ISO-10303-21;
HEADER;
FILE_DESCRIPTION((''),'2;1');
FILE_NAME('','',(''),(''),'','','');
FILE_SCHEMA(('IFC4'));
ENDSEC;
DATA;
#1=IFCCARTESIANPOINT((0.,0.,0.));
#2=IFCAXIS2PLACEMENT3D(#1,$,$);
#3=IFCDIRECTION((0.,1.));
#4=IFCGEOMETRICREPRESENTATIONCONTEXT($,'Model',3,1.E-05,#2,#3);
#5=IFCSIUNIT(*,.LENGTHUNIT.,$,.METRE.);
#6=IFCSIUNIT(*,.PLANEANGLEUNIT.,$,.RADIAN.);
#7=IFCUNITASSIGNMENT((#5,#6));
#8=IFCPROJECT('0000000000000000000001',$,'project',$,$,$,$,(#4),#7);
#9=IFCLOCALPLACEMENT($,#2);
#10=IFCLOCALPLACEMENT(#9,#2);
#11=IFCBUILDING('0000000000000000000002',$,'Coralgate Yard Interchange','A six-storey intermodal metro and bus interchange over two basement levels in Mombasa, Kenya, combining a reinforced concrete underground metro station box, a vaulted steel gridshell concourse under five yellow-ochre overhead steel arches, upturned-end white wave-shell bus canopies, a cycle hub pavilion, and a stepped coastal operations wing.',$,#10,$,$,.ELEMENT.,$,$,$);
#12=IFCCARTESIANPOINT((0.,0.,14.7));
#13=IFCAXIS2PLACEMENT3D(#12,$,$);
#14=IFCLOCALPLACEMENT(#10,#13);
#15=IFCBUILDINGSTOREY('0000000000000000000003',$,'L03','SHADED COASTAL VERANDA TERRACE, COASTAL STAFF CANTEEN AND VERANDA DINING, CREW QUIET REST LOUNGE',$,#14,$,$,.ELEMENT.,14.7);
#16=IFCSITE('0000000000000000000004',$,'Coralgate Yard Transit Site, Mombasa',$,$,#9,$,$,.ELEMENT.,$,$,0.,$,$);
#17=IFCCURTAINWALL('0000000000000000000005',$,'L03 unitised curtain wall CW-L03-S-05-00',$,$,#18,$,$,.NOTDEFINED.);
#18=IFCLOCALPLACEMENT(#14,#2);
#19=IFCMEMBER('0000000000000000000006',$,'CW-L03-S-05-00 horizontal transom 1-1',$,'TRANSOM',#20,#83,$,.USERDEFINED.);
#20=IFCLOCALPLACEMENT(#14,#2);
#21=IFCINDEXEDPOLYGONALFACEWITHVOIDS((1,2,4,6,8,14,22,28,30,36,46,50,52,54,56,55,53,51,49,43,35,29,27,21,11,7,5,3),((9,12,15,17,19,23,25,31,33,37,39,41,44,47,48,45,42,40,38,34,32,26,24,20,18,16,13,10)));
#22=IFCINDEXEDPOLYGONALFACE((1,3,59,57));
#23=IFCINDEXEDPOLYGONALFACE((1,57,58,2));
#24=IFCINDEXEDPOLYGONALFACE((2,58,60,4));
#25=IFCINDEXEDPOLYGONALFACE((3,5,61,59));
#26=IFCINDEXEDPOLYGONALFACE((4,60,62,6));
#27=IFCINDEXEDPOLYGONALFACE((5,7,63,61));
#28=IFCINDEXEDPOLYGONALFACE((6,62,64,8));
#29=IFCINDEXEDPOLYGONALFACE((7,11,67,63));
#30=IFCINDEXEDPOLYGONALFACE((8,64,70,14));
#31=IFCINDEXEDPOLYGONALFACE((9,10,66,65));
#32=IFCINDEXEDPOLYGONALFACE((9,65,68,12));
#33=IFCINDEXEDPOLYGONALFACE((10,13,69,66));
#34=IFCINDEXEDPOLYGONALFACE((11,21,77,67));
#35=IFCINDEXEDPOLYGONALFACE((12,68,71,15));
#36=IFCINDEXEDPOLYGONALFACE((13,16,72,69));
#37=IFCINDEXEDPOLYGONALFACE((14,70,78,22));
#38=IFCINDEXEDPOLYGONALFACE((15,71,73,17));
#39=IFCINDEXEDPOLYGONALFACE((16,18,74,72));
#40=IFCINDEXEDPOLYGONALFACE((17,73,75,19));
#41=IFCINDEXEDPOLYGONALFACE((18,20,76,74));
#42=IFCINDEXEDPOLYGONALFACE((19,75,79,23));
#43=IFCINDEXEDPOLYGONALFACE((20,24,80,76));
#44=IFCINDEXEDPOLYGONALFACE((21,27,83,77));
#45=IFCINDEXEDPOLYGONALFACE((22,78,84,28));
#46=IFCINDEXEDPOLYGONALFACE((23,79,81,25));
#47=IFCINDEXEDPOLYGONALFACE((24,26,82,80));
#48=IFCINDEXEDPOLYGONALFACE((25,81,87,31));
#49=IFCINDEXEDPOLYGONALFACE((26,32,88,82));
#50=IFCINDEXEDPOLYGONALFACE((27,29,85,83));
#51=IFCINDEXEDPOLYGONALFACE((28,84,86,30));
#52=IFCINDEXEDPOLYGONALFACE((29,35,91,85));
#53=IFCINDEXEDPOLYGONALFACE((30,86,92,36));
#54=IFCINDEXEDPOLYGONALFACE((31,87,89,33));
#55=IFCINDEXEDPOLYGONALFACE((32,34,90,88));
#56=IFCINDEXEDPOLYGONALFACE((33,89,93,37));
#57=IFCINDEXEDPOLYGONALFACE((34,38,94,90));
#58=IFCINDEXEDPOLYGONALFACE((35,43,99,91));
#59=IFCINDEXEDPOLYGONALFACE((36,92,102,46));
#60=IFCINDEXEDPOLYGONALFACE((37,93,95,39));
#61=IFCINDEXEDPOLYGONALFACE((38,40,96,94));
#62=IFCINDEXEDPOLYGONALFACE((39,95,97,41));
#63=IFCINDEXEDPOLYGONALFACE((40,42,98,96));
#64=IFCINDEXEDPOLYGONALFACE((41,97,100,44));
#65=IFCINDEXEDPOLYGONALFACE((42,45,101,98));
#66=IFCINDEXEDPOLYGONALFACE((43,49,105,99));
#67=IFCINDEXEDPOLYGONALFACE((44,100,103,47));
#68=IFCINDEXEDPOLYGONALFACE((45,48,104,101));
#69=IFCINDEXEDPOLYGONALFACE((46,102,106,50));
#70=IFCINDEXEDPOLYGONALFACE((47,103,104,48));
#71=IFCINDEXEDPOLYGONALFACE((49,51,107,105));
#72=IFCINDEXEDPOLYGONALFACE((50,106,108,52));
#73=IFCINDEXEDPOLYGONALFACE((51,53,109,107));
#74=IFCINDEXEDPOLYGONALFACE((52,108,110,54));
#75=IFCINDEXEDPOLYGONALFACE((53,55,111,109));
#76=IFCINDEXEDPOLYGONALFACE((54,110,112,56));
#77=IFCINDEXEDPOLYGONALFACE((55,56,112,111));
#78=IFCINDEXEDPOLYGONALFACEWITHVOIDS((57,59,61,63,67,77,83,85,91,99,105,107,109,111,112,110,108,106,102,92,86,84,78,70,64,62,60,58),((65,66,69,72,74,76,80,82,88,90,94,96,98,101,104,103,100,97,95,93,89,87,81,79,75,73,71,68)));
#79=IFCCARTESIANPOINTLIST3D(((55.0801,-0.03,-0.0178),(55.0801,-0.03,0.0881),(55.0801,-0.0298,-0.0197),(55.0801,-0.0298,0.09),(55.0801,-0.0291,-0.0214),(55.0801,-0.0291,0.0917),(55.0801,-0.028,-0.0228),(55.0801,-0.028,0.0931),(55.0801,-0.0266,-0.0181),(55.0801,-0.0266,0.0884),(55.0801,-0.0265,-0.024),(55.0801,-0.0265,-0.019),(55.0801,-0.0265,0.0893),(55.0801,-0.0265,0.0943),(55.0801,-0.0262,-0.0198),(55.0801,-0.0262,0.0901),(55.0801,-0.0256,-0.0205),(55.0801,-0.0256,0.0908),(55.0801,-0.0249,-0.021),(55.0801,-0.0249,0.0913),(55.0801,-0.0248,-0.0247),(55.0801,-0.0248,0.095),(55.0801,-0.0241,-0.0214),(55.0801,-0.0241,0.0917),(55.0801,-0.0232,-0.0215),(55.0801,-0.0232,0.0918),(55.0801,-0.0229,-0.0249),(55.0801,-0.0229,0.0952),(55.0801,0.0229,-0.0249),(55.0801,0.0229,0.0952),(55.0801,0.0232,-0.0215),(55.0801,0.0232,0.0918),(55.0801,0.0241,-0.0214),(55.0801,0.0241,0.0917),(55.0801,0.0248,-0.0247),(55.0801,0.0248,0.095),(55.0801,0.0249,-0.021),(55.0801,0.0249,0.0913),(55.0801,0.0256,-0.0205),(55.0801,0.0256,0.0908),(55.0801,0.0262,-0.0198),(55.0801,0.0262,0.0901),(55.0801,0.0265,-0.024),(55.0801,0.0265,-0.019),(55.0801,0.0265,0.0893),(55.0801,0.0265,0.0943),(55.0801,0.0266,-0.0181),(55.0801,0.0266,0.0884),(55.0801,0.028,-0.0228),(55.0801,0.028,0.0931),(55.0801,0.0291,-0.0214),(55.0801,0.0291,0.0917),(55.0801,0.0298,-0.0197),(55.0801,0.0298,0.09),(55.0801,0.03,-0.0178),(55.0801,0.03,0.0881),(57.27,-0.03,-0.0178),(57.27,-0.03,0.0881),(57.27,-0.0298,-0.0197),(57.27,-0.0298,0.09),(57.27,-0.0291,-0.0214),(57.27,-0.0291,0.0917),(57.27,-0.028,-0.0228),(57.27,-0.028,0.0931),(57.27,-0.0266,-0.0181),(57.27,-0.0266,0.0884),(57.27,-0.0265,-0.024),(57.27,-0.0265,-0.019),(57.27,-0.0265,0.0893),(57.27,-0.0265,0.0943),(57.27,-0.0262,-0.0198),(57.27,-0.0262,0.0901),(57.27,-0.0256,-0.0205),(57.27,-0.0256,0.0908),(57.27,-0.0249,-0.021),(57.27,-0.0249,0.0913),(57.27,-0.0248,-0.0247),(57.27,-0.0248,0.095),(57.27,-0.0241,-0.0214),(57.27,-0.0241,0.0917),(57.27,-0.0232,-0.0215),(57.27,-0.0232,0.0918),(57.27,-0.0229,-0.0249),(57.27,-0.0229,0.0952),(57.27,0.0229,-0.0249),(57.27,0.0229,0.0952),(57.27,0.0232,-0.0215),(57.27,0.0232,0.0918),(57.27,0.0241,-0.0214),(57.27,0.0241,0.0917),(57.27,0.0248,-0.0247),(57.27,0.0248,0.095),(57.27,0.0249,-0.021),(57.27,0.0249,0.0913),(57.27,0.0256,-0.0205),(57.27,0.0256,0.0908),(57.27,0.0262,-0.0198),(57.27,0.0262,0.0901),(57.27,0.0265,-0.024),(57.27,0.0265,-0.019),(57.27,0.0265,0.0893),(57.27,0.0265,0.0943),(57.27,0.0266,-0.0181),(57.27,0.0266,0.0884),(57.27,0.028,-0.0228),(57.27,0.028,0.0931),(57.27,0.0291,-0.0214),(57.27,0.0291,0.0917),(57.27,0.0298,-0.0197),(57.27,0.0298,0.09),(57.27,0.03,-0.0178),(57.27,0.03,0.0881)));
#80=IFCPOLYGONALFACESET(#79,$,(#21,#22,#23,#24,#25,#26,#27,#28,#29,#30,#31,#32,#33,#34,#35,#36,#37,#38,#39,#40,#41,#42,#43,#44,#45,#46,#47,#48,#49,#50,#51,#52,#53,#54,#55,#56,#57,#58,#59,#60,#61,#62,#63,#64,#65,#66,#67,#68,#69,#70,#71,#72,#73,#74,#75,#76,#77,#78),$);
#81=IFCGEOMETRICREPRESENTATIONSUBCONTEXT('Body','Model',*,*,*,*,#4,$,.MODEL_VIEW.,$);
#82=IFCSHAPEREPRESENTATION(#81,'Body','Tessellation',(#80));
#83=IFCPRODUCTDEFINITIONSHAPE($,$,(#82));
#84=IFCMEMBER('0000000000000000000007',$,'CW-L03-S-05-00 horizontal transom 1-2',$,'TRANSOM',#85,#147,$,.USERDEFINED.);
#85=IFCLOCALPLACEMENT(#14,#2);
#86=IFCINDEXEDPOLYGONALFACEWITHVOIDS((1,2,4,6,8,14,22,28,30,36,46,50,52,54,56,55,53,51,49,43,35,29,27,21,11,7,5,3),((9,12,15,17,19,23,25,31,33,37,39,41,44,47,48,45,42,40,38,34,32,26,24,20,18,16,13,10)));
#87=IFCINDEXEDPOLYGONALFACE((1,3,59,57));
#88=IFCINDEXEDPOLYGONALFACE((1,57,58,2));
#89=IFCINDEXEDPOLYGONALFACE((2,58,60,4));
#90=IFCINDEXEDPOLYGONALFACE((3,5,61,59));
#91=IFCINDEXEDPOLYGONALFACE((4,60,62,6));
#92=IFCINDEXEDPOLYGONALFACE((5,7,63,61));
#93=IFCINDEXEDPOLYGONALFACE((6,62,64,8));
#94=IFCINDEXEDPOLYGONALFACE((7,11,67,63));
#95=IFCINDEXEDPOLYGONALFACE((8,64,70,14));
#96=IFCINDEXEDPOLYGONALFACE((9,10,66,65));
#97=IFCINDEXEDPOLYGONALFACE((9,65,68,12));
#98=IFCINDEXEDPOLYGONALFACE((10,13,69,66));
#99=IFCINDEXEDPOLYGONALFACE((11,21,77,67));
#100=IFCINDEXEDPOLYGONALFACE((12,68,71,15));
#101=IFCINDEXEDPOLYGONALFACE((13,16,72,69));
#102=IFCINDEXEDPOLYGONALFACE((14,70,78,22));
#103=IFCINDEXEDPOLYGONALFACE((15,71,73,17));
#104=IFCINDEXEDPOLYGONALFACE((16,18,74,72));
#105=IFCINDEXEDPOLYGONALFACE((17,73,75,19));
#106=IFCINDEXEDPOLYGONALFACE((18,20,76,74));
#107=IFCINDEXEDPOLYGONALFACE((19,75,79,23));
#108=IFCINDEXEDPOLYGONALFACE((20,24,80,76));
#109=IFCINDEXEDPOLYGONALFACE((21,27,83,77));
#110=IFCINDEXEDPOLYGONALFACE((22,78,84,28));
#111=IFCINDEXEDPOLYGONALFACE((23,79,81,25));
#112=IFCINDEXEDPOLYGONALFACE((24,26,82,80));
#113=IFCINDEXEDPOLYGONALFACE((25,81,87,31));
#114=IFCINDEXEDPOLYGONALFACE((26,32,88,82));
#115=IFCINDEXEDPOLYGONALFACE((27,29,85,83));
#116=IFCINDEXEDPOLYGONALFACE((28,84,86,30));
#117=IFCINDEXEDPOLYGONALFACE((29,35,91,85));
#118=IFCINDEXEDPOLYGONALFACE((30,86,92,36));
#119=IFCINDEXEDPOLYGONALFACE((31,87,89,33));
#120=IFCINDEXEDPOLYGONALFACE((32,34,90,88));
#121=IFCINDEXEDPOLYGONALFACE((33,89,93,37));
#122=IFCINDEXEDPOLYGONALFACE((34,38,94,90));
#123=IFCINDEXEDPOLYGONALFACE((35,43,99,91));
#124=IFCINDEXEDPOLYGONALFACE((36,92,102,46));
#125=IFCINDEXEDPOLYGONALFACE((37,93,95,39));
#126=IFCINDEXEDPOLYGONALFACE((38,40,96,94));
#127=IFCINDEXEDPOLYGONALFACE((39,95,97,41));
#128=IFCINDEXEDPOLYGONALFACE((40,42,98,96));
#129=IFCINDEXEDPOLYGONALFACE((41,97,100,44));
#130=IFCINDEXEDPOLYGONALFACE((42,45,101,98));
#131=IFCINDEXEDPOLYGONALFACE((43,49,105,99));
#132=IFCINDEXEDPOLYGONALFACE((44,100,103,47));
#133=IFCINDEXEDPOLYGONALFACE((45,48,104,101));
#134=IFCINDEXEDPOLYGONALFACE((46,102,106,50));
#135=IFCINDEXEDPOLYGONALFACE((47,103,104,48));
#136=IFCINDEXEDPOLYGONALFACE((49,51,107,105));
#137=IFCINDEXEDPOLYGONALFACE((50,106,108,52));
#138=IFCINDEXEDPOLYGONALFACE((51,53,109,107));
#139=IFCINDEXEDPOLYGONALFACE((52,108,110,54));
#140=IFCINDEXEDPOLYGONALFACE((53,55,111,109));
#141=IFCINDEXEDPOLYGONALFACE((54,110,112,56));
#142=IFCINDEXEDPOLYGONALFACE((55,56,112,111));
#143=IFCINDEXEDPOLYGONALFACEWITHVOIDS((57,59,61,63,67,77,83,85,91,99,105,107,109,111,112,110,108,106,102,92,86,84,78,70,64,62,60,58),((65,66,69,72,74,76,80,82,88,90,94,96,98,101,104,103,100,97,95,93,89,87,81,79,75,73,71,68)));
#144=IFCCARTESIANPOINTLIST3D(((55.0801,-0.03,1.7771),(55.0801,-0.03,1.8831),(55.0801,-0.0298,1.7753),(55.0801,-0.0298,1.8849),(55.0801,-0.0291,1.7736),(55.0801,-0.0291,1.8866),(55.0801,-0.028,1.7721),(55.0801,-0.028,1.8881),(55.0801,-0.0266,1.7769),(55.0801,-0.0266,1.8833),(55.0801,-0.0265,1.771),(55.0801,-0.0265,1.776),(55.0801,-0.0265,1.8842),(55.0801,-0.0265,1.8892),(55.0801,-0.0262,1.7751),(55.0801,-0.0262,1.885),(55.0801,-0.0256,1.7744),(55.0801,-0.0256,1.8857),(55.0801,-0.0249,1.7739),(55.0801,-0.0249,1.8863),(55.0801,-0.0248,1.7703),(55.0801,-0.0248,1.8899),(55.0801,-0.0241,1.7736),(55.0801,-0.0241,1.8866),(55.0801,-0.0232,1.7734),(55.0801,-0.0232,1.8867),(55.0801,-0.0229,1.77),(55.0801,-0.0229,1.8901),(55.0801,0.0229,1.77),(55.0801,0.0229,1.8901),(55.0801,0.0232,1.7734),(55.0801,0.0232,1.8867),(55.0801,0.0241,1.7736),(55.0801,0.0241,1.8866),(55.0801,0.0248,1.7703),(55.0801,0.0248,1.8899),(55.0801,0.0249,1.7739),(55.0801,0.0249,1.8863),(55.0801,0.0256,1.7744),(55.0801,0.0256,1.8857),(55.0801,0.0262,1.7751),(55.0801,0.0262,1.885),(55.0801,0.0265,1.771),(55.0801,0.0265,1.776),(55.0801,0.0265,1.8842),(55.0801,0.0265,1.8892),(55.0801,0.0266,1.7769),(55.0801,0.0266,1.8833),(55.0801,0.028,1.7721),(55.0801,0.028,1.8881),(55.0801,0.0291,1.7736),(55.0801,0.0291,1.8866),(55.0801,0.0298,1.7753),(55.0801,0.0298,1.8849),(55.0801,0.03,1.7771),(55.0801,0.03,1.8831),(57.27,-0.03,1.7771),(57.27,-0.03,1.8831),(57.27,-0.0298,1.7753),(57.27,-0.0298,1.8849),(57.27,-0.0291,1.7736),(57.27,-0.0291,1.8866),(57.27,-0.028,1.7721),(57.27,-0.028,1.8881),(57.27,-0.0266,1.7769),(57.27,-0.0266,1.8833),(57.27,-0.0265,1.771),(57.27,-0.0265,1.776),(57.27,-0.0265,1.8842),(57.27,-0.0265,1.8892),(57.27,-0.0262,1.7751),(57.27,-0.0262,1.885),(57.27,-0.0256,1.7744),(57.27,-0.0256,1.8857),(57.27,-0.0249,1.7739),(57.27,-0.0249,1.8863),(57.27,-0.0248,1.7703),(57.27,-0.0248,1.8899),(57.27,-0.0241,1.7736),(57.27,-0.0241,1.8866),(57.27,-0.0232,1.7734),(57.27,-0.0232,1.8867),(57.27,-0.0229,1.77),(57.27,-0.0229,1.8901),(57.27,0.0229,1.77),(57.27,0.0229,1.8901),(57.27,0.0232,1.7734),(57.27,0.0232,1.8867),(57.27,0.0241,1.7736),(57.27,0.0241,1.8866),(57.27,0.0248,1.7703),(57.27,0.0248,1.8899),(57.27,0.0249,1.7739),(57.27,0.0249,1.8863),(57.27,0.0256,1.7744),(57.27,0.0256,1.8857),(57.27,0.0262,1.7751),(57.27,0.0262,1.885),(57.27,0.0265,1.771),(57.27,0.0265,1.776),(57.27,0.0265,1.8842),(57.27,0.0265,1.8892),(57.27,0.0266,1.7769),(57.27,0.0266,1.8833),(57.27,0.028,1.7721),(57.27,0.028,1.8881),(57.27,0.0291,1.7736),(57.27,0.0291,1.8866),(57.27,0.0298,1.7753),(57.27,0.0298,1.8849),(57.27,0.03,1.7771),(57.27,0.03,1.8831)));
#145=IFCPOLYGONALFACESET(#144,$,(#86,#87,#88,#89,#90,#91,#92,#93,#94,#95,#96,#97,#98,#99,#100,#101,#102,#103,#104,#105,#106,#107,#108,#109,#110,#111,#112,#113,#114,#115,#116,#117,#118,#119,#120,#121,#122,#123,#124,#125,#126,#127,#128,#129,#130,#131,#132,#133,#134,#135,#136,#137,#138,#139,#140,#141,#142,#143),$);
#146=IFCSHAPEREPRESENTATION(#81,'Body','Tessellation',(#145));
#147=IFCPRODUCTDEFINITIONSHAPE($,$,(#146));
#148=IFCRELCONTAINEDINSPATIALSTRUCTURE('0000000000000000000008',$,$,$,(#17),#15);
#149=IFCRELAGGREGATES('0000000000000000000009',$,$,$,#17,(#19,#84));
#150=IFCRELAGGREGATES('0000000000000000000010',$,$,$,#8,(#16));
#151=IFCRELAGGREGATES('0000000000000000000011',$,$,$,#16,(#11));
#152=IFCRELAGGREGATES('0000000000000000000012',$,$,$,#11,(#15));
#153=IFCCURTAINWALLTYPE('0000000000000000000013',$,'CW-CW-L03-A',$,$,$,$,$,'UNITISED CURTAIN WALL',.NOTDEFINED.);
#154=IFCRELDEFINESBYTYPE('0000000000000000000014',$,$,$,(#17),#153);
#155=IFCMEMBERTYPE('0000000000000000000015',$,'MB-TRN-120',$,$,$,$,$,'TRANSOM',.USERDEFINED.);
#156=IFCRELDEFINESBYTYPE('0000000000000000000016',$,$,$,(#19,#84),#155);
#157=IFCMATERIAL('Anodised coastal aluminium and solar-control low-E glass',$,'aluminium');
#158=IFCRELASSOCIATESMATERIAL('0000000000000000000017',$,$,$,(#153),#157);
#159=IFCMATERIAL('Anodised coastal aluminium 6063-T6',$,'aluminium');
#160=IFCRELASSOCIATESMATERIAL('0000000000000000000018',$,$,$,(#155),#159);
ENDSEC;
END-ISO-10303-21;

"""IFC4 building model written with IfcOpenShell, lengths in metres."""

from ifc_helpers import new_model, si_unit, direction, frame, origin, origin_2d, place, context, subcontext, project, spatial, hollow_rectangle, extrude, material, material_profile, profile_set, type_object, element, aggregate, save


model = new_model("IFC4")

# Units and contexts
model_context = context("Model", 3, precision=1e-05, world=origin(), true_north=direction((0.0, 1.0)))
body_context = subcontext(model_context, "Body", "Model", "MODEL_VIEW")
ifc_project = project(units=[si_unit("LENGTHUNIT", "METRE"), si_unit("PLANEANGLEUNIT", "RADIAN")], contexts=[model_context])

# Site, building, storey
site_placement = place(None, origin())
site = spatial("IfcSite", under=ifc_project, at=site_placement, Name="Coralgate Yard Transit Site, Mombasa", CompositionType="ELEMENT", RefElevation=0.0)
building_placement = place(site_placement, origin())
building = spatial("IfcBuilding", under=site, at=building_placement, Name="Coralgate Yard Interchange", Description="A six-storey intermodal metro and bus interchange over two basement levels in Mombasa, Kenya, combining a reinforced concrete underground metro station box, a vaulted steel gridshell concourse under five yellow-ochre overhead steel arches, upturned-end white wave-shell bus canopies, a cycle hub pavilion, and a stepped coastal operations wing.", CompositionType="ELEMENT")
storey_placement = place(building_placement, frame((0.0, 0.0, 14.7)))
storey = spatial("IfcBuildingStorey", under=building, at=storey_placement, Name="L03", Description="SHADED COASTAL VERANDA TERRACE, COASTAL STAFF CANTEEN AND VERANDA DINING, CREW QUIET REST LOUNGE", CompositionType="ELEMENT", Elevation=14.7)

# Curtain wall
ifc_material_1 = material(Name="Anodised coastal aluminium and solar-control low-E glass", Category="aluminium")
curtain_wall_type = type_object("IfcCurtainWallType", Name="CW-CW-L03-A", ElementType="UNITISED CURTAIN WALL", PredefinedType="NOTDEFINED", material=ifc_material_1)
curtain_wall_1_placement = place(storey_placement, origin())
curtain_wall_1 = element("IfcCurtainWall", 1, at=curtain_wall_1_placement, inside=storey, type_object=curtain_wall_type, Name="L03 unitised curtain wall CW-L03-S-05-00", PredefinedType="NOTDEFINED")
ifc_material_2 = material(Name="Anodised coastal aluminium 6063-T6", Category="aluminium")

# Members
ifc_material_profile_1 = material_profile(ifc_material_2, hollow_rectangle(XDim=0.0601, YDim=0.1201, WallThickness=0.0034, InnerFilletRadius=0.0034, OuterFilletRadius=0.0071, at=origin_2d()), Name="ALU 60x120x3.5")
ifc_profile_set_1 = profile_set([ifc_material_profile_1], Name="Anodised coastal aluminium 6063-T6")
member_type_1 = type_object("IfcMemberType", Name="MB-TRN-120", ElementType="TRANSOM", PredefinedType="USERDEFINED", material=ifc_profile_set_1)
member_1_placement = place(storey_placement, frame((57.27, 0.0, 0.0352), z_axis=(-1.0, 0.0, 0.0), x_axis=(0.0, -1.0, 0.0)))
member_1 = element("IfcMember", 2, at=member_1_placement, type_object=member_type_1, Name="CW-L03-S-05-00 horizontal transom 1-1", ObjectType="TRANSOM", PredefinedType="USERDEFINED", context=body_context, shape_type="SweptSolid", body=[
    extrude(hollow_rectangle(XDim=0.0601, YDim=0.1201, WallThickness=0.0034, InnerFilletRadius=0.0034, OuterFilletRadius=0.0071, at=origin_2d()), origin(), (0.0, 0.0, 1.0), 2.1899),
])
member_2_placement = place(storey_placement, frame((57.27, 0.0, 1.8301), z_axis=(-1.0, 0.0, 0.0), x_axis=(0.0, -1.0, 0.0)))
member_2 = element("IfcMember", 3, at=member_2_placement, type_object=member_type_1, Name="CW-L03-S-05-00 horizontal transom 1-2", ObjectType="TRANSOM", PredefinedType="USERDEFINED", context=body_context, shape_type="SweptSolid", body=[
    extrude(hollow_rectangle(XDim=0.0601, YDim=0.1201, WallThickness=0.0034, InnerFilletRadius=0.0034, OuterFilletRadius=0.0071, at=origin_2d()), origin(), (0.0, 0.0, 1.0), 2.1899),
])

aggregate(curtain_wall_1, [member_1, member_2])

save(model, "model.ifc")
